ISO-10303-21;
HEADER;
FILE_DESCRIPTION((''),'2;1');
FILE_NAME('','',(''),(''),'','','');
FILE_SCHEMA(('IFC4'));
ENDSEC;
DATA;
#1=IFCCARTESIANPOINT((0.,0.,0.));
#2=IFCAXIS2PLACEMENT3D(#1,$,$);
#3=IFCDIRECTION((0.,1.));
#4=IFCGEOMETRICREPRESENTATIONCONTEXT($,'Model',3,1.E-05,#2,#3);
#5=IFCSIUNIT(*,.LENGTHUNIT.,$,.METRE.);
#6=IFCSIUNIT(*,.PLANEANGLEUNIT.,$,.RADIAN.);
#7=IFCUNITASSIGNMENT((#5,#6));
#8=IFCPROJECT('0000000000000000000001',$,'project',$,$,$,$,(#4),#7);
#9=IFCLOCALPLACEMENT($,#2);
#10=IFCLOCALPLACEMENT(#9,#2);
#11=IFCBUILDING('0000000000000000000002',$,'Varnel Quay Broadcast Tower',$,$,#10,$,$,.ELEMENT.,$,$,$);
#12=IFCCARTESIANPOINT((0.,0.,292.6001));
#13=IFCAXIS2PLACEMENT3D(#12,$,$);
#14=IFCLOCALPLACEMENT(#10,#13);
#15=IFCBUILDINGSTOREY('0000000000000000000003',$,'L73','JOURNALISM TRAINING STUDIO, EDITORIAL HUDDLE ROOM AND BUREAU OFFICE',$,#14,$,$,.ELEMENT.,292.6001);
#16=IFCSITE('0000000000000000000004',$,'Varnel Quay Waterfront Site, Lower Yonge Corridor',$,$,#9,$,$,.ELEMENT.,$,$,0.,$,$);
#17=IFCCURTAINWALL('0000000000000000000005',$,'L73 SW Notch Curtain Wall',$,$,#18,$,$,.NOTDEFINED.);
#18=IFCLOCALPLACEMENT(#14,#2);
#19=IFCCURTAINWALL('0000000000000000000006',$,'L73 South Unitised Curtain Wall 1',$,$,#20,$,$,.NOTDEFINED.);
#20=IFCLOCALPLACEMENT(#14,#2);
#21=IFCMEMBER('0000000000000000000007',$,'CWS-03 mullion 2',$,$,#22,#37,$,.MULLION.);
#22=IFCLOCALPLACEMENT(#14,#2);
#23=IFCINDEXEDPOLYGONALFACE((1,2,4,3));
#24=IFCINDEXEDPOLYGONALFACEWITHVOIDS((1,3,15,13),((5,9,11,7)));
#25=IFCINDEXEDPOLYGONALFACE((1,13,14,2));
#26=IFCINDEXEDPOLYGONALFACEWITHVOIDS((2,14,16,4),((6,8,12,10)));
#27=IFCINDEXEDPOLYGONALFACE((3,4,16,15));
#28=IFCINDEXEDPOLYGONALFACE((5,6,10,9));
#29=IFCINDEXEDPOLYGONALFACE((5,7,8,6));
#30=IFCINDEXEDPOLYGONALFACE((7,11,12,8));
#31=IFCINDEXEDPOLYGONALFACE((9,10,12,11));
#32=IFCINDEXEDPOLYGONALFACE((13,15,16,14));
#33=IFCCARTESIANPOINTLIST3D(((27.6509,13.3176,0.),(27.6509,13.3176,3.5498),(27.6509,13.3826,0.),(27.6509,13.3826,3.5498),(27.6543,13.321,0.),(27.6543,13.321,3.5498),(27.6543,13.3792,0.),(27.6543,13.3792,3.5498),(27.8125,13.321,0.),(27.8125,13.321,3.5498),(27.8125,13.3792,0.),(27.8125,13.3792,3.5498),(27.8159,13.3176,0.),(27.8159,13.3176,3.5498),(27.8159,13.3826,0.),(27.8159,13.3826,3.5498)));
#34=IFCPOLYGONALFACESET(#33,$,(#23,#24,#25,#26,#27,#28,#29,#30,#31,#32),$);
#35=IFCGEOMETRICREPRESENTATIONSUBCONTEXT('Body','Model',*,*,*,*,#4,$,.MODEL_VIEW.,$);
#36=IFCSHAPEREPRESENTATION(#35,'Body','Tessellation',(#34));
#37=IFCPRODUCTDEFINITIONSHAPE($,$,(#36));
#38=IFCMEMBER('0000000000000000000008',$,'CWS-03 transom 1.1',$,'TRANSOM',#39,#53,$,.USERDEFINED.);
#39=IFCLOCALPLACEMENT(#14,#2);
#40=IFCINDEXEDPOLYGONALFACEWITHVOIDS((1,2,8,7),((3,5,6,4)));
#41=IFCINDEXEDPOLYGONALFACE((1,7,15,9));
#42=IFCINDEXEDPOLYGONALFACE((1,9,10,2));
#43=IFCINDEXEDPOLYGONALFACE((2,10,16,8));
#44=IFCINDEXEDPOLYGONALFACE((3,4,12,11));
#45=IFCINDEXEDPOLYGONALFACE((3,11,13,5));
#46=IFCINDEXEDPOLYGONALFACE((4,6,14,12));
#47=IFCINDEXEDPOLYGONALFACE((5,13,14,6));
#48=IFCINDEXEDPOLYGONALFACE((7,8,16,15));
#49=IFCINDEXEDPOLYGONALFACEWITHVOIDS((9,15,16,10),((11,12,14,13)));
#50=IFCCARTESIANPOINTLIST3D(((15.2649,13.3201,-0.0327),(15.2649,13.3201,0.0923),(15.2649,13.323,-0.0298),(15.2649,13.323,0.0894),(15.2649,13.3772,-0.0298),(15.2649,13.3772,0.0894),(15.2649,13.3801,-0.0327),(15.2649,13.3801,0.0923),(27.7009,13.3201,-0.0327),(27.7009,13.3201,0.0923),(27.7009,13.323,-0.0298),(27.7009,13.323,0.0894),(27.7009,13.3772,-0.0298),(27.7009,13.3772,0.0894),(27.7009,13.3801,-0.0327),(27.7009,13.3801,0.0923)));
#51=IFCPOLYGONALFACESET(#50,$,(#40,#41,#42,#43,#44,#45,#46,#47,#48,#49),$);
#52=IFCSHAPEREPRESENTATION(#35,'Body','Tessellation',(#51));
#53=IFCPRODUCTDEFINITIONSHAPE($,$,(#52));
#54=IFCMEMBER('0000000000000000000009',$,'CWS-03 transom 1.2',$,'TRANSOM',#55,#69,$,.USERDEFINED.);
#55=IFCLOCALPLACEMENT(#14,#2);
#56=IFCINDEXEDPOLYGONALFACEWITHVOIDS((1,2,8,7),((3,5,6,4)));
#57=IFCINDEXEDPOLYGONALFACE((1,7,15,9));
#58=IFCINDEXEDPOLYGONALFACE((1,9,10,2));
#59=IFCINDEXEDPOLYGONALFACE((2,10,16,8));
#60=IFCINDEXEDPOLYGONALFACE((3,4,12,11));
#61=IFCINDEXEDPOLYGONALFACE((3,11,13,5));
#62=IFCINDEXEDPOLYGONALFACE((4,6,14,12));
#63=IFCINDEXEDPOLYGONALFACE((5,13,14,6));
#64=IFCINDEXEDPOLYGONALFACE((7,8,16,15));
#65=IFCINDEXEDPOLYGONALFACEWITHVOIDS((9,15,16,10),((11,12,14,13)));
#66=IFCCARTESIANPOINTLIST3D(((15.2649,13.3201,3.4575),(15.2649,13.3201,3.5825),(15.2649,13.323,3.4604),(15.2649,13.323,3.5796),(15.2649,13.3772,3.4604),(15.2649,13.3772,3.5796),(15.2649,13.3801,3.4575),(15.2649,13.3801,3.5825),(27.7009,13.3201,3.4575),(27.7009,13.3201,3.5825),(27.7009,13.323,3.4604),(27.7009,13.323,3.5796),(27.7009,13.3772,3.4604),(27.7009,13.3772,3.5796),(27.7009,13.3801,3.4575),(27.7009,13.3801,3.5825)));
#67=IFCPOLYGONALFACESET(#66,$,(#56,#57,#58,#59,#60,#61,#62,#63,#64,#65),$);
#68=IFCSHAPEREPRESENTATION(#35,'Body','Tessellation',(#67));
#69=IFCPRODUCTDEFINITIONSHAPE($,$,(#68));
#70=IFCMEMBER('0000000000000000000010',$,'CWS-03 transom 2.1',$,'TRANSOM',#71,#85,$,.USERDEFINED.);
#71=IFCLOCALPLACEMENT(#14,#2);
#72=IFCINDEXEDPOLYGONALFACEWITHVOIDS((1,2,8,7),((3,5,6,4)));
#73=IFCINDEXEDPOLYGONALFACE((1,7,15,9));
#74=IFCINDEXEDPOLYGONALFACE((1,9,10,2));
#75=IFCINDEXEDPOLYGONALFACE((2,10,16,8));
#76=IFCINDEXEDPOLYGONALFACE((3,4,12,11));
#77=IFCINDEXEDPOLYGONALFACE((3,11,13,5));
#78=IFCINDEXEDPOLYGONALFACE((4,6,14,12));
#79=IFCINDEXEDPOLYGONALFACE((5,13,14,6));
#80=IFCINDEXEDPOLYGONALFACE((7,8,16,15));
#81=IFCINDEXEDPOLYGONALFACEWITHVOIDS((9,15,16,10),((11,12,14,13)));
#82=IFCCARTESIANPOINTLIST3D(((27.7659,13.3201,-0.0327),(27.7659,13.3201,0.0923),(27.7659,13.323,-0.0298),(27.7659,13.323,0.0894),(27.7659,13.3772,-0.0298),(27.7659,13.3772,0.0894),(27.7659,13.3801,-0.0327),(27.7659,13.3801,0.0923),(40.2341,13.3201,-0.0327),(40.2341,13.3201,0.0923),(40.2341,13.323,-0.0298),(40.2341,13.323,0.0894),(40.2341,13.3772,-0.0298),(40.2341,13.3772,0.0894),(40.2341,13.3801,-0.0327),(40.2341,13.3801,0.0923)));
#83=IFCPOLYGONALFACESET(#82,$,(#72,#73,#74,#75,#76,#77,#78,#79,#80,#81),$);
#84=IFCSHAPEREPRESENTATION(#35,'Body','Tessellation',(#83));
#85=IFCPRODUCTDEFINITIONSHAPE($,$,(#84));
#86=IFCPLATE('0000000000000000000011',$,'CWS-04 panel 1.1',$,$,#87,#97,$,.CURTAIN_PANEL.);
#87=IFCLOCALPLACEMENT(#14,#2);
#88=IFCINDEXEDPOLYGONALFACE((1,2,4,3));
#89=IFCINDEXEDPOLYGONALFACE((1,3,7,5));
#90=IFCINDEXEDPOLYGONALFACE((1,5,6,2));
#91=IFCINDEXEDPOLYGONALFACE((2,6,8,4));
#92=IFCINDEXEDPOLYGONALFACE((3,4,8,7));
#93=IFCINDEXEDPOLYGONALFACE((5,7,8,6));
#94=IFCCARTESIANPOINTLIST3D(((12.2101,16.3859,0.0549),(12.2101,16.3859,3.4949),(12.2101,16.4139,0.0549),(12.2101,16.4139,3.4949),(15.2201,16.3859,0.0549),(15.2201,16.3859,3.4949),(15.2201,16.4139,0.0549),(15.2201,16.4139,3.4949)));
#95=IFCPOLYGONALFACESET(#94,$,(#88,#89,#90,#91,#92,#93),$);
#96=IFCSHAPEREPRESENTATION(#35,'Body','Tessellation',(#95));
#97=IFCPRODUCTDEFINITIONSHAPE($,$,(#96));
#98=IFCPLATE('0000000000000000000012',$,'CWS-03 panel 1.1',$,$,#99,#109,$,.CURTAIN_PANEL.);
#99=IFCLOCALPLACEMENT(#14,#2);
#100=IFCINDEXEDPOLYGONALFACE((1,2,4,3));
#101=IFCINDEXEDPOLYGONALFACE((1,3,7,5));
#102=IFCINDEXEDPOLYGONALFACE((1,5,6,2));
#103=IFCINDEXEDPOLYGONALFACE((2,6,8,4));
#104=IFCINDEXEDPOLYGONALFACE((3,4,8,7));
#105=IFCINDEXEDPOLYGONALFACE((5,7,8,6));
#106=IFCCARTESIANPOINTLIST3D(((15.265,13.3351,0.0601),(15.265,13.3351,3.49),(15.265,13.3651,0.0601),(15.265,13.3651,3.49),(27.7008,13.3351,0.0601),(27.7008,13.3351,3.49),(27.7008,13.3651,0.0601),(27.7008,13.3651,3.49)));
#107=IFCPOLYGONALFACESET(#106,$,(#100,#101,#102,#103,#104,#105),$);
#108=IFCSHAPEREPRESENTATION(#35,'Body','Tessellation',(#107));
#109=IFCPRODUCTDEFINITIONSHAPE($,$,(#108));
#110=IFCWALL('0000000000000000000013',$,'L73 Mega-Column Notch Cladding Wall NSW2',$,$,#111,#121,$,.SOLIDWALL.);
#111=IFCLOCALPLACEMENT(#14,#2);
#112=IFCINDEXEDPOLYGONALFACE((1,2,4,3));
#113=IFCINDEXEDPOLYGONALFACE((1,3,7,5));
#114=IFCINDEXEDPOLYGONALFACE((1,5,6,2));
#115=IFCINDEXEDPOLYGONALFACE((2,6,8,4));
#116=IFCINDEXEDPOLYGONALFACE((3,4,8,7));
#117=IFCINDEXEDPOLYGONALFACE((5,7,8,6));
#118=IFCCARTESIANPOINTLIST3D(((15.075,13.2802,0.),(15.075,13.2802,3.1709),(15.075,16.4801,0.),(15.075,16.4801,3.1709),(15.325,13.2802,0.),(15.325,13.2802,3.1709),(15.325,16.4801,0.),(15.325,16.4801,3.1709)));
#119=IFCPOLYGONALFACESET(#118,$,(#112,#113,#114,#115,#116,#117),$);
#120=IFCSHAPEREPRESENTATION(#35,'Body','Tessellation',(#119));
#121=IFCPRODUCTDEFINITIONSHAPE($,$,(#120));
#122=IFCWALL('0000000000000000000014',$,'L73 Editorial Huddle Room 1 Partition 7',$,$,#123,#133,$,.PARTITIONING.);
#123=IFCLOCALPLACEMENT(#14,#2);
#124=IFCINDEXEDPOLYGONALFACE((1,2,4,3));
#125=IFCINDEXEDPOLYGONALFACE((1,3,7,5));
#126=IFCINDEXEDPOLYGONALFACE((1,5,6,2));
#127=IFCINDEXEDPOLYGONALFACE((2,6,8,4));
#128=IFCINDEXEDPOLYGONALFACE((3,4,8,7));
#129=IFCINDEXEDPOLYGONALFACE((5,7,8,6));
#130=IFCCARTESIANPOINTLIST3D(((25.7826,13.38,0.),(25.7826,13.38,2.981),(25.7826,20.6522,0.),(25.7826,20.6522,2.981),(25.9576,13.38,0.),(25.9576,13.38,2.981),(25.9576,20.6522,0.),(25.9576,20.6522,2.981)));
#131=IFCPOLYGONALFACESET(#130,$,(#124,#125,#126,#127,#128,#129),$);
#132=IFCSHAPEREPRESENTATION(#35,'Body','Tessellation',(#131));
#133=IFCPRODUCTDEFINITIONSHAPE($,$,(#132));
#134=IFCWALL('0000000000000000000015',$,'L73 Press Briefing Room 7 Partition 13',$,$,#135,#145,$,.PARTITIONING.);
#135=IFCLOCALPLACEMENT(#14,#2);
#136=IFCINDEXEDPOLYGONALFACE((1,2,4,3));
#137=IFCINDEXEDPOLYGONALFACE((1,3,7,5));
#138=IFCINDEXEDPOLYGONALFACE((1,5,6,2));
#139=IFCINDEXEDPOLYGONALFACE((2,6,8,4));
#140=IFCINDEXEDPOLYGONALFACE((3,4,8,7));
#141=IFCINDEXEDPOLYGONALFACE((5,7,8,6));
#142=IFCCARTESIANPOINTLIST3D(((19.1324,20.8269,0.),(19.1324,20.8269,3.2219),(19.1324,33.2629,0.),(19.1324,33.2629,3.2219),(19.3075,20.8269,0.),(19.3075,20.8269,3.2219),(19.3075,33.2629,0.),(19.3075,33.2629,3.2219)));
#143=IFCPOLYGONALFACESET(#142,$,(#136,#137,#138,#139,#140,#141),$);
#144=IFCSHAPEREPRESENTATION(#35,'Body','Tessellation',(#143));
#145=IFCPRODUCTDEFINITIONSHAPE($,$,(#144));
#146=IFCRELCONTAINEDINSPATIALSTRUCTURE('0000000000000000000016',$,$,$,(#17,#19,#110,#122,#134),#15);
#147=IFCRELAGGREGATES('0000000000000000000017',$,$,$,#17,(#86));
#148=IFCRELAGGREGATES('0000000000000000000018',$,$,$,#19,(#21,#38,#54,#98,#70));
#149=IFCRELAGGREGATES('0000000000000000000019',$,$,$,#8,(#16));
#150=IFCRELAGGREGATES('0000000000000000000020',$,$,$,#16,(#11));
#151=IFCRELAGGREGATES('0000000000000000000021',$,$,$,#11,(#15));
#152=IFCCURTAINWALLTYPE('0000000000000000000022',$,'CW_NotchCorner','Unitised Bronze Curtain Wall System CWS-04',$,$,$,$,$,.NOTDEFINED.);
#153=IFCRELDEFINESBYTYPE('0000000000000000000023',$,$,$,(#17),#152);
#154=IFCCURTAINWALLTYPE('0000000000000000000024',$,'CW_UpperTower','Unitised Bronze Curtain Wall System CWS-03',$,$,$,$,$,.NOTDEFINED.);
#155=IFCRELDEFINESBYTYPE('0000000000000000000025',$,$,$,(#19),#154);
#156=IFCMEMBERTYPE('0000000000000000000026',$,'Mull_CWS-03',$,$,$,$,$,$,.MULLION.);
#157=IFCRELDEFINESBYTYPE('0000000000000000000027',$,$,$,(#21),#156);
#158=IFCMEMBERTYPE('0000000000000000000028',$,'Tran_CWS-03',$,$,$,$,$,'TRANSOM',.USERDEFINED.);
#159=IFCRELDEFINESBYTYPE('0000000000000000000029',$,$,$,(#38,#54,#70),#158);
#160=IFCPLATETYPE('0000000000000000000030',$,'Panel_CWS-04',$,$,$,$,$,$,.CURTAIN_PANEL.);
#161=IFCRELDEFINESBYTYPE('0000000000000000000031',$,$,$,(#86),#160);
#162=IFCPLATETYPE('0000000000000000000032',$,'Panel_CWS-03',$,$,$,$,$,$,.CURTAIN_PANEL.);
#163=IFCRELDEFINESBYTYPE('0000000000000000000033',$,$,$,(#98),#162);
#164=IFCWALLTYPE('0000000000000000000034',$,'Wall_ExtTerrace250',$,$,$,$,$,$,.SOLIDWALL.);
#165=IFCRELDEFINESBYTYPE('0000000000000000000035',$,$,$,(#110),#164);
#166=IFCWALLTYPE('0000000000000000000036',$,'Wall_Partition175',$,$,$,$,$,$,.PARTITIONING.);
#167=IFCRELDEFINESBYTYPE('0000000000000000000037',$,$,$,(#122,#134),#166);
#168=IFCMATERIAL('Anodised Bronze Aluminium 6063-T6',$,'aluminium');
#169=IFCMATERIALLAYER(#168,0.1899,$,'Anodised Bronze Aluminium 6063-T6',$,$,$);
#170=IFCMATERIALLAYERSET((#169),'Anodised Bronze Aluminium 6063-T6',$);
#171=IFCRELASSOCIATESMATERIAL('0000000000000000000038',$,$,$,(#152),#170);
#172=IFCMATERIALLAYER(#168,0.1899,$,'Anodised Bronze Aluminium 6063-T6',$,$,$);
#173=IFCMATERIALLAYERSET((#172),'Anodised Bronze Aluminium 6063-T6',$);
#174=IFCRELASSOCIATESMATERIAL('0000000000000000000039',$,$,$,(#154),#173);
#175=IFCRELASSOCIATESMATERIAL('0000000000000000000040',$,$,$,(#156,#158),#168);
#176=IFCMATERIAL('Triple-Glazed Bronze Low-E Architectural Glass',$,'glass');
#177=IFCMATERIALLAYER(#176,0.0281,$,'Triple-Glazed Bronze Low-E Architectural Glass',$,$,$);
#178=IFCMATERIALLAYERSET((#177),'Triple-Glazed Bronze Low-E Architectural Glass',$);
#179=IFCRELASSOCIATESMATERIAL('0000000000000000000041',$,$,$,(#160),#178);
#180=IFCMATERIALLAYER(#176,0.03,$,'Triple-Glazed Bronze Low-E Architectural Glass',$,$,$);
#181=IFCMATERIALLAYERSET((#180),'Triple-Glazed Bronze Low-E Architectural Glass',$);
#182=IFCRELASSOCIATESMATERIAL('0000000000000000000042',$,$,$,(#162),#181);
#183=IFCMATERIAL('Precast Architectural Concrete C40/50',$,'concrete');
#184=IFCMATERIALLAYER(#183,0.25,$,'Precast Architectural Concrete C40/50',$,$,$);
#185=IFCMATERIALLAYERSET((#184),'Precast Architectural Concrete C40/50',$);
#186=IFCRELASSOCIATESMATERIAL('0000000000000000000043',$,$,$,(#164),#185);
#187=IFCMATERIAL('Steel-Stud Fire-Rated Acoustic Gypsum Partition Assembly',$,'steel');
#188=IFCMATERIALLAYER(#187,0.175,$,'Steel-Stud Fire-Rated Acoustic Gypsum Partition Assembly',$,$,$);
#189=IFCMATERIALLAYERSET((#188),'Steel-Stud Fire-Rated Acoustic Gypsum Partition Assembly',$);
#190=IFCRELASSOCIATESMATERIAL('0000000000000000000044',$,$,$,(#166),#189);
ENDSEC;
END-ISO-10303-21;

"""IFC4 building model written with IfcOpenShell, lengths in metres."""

from ifc_helpers import new_model, si_unit, direction, frame, frame_2d, origin, origin_2d, place, context, subcontext, project, spatial, rectangle, hollow_rectangle, extrude, source, transform, mapped, material, layer, layer_set, material_profile, profile_set, type_object, type_shapes, element, aggregate, save


model = new_model("IFC4")

# Units and contexts
model_context = context("Model", 3, precision=1e-05, world=origin(), true_north=direction((0.0, 1.0)))
body_context = subcontext(model_context, "Body", "Model", "MODEL_VIEW")
ifc_project = project(units=[si_unit("LENGTHUNIT", "METRE"), si_unit("PLANEANGLEUNIT", "RADIAN")], contexts=[model_context])

# Site, building, storey
site_placement = place(None, origin())
site = spatial("IfcSite", under=ifc_project, at=site_placement, Name="Varnel Quay Waterfront Site, Lower Yonge Corridor", CompositionType="ELEMENT", RefElevation=0.0)
building_placement = place(site_placement, origin())
building = spatial("IfcBuilding", under=site, at=building_placement, Name="Varnel Quay Broadcast Tower", CompositionType="ELEMENT")
storey_placement = place(building_placement, frame((0.0, 0.0, 292.6001)))
storey = spatial("IfcBuildingStorey", under=building, at=storey_placement, Name="L73", Description="JOURNALISM TRAINING STUDIO, EDITORIAL HUDDLE ROOM AND BUREAU OFFICE", CompositionType="ELEMENT", Elevation=292.6001)

# Curtain wall
ifc_material_1 = material(Name="Anodised Bronze Aluminium 6063-T6", Category="aluminium")
ifc_layer_1 = layer(ifc_material_1, 0.1899, Name="Anodised Bronze Aluminium 6063-T6")
ifc_layer_set_1 = layer_set([ifc_layer_1], Name="Anodised Bronze Aluminium 6063-T6")
curtain_wall_type_1 = type_object("IfcCurtainWallType", Name="CW_NotchCorner", Description="Unitised Bronze Curtain Wall System CWS-04", PredefinedType="NOTDEFINED", material=ifc_layer_set_1)
curtain_wall_1_placement = place(storey_placement, origin())
curtain_wall_1 = element("IfcCurtainWall", 1, at=curtain_wall_1_placement, inside=storey, type_object=curtain_wall_type_1, Name="L73 SW Notch Curtain Wall", PredefinedType="NOTDEFINED")

# Curtain wall, members
ifc_layer_2 = layer(ifc_material_1, 0.1899, Name="Anodised Bronze Aluminium 6063-T6")
ifc_layer_set_2 = layer_set([ifc_layer_2], Name="Anodised Bronze Aluminium 6063-T6")
curtain_wall_type_2 = type_object("IfcCurtainWallType", Name="CW_UpperTower", Description="Unitised Bronze Curtain Wall System CWS-03", PredefinedType="NOTDEFINED", material=ifc_layer_set_2)
curtain_wall_2_placement = place(storey_placement, origin())
curtain_wall_2 = element("IfcCurtainWall", 2, at=curtain_wall_2_placement, inside=storey, type_object=curtain_wall_type_2, Name="L73 South Unitised Curtain Wall 1", PredefinedType="NOTDEFINED")
ifc_material_profile_1 = material_profile(ifc_material_1, hollow_rectangle(XDim=0.0649, YDim=0.165, WallThickness=0.0034, at=origin_2d()), Name="ALU65X165X3.5")
ifc_profile_set_1 = profile_set([ifc_material_profile_1], Name="Anodised Bronze Aluminium 6063-T6")
member_type_1 = type_object("IfcMemberType", Name="Mull_CWS-03", PredefinedType="MULLION", material=ifc_profile_set_1)
shared_shape_1 = source(origin(), body_context, "Body", "SweptSolid", [
    extrude(hollow_rectangle(XDim=0.0649, YDim=0.165, WallThickness=0.0034, at=origin_2d()), origin(), (0.0, 0.0, 1.0), 3.5498),
])
type_shapes(member_type_1, [shared_shape_1])
member_1_placement = place(storey_placement, frame((27.7334, 13.3501, 0.0), z_axis=(0.0, 0.0, 1.0), x_axis=(0.0, 1.0, 0.0)))
member_1 = element("IfcMember", 3, at=member_1_placement, type_object=member_type_1, Name="CWS-03 mullion 2", PredefinedType="MULLION", context=body_context, shape_type="MappedRepresentation", body=[
    mapped(shared_shape_1, transform((0.0, 0.0, 0.0), x_axis=(1.0, 0.0, 0.0), y_axis=(0.0, 1.0, 0.0), z_axis=(0.0, 0.0, 1.0), scale=1.0)),
])
ifc_material_profile_2 = material_profile(ifc_material_1, hollow_rectangle(XDim=0.0601, YDim=0.125, WallThickness=0.0029, at=origin_2d()), Name="ALU60X125X3")
ifc_profile_set_2 = profile_set([ifc_material_profile_2], Name="Anodised Bronze Aluminium 6063-T6")
member_type_2 = type_object("IfcMemberType", Name="Tran_CWS-03", ElementType="TRANSOM", PredefinedType="USERDEFINED", material=ifc_profile_set_2)
shared_shape_2 = source(origin(), body_context, "Body", "SweptSolid", [
    extrude(hollow_rectangle(XDim=0.0601, YDim=0.125, WallThickness=0.0029, at=origin_2d()), origin(), (0.0, 0.0, 1.0), 12.436),
])
member_2_placement = place(storey_placement, frame((15.2649, 13.3501, 0.0298), z_axis=(1.0, 0.0, 0.0), x_axis=(0.0, 1.0, 0.0)))
member_2 = element("IfcMember", 4, at=member_2_placement, type_object=member_type_2, Name="CWS-03 transom 1.1", ObjectType="TRANSOM", PredefinedType="USERDEFINED", context=body_context, shape_type="MappedRepresentation", body=[
    mapped(shared_shape_2, transform((0.0, 0.0, 0.0), x_axis=(1.0, 0.0, 0.0), y_axis=(0.0, 1.0, 0.0), z_axis=(0.0, 0.0, 1.0), scale=1.0)),
])
member_3_placement = place(storey_placement, frame((15.2649, 13.3501, 3.52), z_axis=(1.0, 0.0, 0.0), x_axis=(0.0, 1.0, 0.0)))
member_3 = element("IfcMember", 5, at=member_3_placement, type_object=member_type_2, Name="CWS-03 transom 1.2", ObjectType="TRANSOM", PredefinedType="USERDEFINED", context=body_context, shape_type="MappedRepresentation", body=[
    mapped(shared_shape_2, transform((0.0, 0.0, 0.0), x_axis=(1.0, 0.0, 0.0), y_axis=(0.0, 1.0, 0.0), z_axis=(0.0, 0.0, 1.0), scale=1.0)),
])
shared_shape_3 = source(origin(), body_context, "Body", "SweptSolid", [
    extrude(hollow_rectangle(XDim=0.0601, YDim=0.125, WallThickness=0.0029, at=origin_2d()), origin(), (0.0, 0.0, 1.0), 12.4683),
])
type_shapes(member_type_2, [shared_shape_2, shared_shape_3])
member_4_placement = place(storey_placement, frame((27.7659, 13.3501, 0.0298), z_axis=(1.0, 0.0, 0.0), x_axis=(0.0, 1.0, 0.0)))
member_4 = element("IfcMember", 6, at=member_4_placement, type_object=member_type_2, Name="CWS-03 transom 2.1", ObjectType="TRANSOM", PredefinedType="USERDEFINED", context=body_context, shape_type="MappedRepresentation", body=[
    mapped(shared_shape_3, transform((0.0, 0.0, 0.0), x_axis=(1.0, 0.0, 0.0), y_axis=(0.0, 1.0, 0.0), z_axis=(0.0, 0.0, 1.0), scale=1.0)),
])

# Plates
ifc_material_2 = material(Name="Triple-Glazed Bronze Low-E Architectural Glass", Category="glass")
ifc_layer_3 = layer(ifc_material_2, 0.0281, Name="Triple-Glazed Bronze Low-E Architectural Glass")
ifc_layer_set_3 = layer_set([ifc_layer_3], Name="Triple-Glazed Bronze Low-E Architectural Glass")
plate_type_1 = type_object("IfcPlateType", Name="Panel_CWS-04", PredefinedType="CURTAIN_PANEL", material=ifc_layer_set_3)
shared_shape_4 = source(origin(), body_context, "Body", "SweptSolid", [
    extrude(rectangle(XDim=3.01, YDim=0.0281, at=origin_2d()), origin(), (0.0, 0.0, 1.0), 3.4399),
])
type_shapes(plate_type_1, [shared_shape_4])
plate_1_placement = place(storey_placement, frame((13.7151, 16.3999, 0.0549), z_axis=(0.0, 0.0, 1.0), x_axis=(1.0, 0.0, 0.0)))
plate_1 = element("IfcPlate", 7, at=plate_1_placement, type_object=plate_type_1, Name="CWS-04 panel 1.1", PredefinedType="CURTAIN_PANEL", context=body_context, shape_type="MappedRepresentation", body=[
    mapped(shared_shape_4, transform((0.0, 0.0, 0.0), x_axis=(1.0, 0.0, 0.0), y_axis=(0.0, 1.0, 0.0), z_axis=(0.0, 0.0, 1.0), scale=1.0)),
])
aggregate(curtain_wall_1, [plate_1])
ifc_layer_4 = layer(ifc_material_2, 0.03, Name="Triple-Glazed Bronze Low-E Architectural Glass")
ifc_layer_set_4 = layer_set([ifc_layer_4], Name="Triple-Glazed Bronze Low-E Architectural Glass")
plate_type_2 = type_object("IfcPlateType", Name="Panel_CWS-03", PredefinedType="CURTAIN_PANEL", material=ifc_layer_set_4)
shared_shape_5 = source(origin(), body_context, "Body", "SweptSolid", [
    extrude(rectangle(XDim=12.4358, YDim=0.03, at=origin_2d()), origin(), (0.0, 0.0, 1.0), 3.4299),
])
type_shapes(plate_type_2, [shared_shape_5])
plate_2_placement = place(storey_placement, frame((21.4829, 13.3501, 0.0601), z_axis=(0.0, 0.0, 1.0), x_axis=(1.0, 0.0, 0.0)))
plate_2 = element("IfcPlate", 8, at=plate_2_placement, type_object=plate_type_2, Name="CWS-03 panel 1.1", PredefinedType="CURTAIN_PANEL", context=body_context, shape_type="MappedRepresentation", body=[
    mapped(shared_shape_5, transform((0.0, 0.0, 0.0), x_axis=(1.0, 0.0, 0.0), y_axis=(0.0, 1.0, 0.0), z_axis=(0.0, 0.0, 1.0), scale=1.0)),
])
aggregate(curtain_wall_2, [member_1, member_2, member_3, plate_2, member_4])

# Walls
ifc_material_3 = material(Name="Precast Architectural Concrete C40/50", Category="concrete")
ifc_layer_5 = layer(ifc_material_3, 0.25, Name="Precast Architectural Concrete C40/50")
ifc_layer_set_5 = layer_set([ifc_layer_5], Name="Precast Architectural Concrete C40/50")
wall_type_1 = type_object("IfcWallType", Name="Wall_ExtTerrace250", PredefinedType="SOLIDWALL", material=ifc_layer_set_5)
wall_1_placement = place(storey_placement, frame((15.2, 13.28, 0.0), z_axis=(0.0, 0.0, 1.0), x_axis=(0.0, 1.0, 0.0)))
element("IfcWall", 9, at=wall_1_placement, inside=storey, type_object=wall_type_1, Name="L73 Mega-Column Notch Cladding Wall NSW2", PredefinedType="SOLIDWALL", context=body_context, shape_type="SweptSolid", body=[
    extrude(rectangle(XDim=3.2, YDim=0.25, at=frame_2d((1.6001, 0.0))), origin(), (0.0, 0.0, 1.0), 3.1709),
])
ifc_material_4 = material(Name="Steel-Stud Fire-Rated Acoustic Gypsum Partition Assembly", Category="steel")
ifc_layer_6 = layer(ifc_material_4, 0.175, Name="Steel-Stud Fire-Rated Acoustic Gypsum Partition Assembly")
ifc_layer_set_6 = layer_set([ifc_layer_6], Name="Steel-Stud Fire-Rated Acoustic Gypsum Partition Assembly")
wall_type_2 = type_object("IfcWallType", Name="Wall_Partition175", PredefinedType="PARTITIONING", material=ifc_layer_set_6)
wall_2_placement = place(storey_placement, frame((25.8701, 13.3799, 0.0), z_axis=(0.0, 0.0, 1.0), x_axis=(0.0, 1.0, 0.0)))
element("IfcWall", 10, at=wall_2_placement, inside=storey, type_object=wall_type_2, Name="L73 Editorial Huddle Room 1 Partition 7", PredefinedType="PARTITIONING", context=body_context, shape_type="SweptSolid", body=[
    extrude(rectangle(XDim=7.2722, YDim=0.175, at=frame_2d((3.6362, 0.0))), origin(), (0.0, 0.0, 1.0), 2.981),
])
wall_3_placement = place(storey_placement, frame((19.22, 20.8269, 0.0), z_axis=(0.0, 0.0, 1.0), x_axis=(0.0, 1.0, 0.0)))
element("IfcWall", 11, at=wall_3_placement, inside=storey, type_object=wall_type_2, Name="L73 Press Briefing Room 7 Partition 13", PredefinedType="PARTITIONING", context=body_context, shape_type="SweptSolid", body=[
    extrude(rectangle(XDim=12.436, YDim=0.175, at=frame_2d((6.218, 0.0))), origin(), (0.0, 0.0, 1.0), 3.2219),
])

save(model, "model.ifc")
